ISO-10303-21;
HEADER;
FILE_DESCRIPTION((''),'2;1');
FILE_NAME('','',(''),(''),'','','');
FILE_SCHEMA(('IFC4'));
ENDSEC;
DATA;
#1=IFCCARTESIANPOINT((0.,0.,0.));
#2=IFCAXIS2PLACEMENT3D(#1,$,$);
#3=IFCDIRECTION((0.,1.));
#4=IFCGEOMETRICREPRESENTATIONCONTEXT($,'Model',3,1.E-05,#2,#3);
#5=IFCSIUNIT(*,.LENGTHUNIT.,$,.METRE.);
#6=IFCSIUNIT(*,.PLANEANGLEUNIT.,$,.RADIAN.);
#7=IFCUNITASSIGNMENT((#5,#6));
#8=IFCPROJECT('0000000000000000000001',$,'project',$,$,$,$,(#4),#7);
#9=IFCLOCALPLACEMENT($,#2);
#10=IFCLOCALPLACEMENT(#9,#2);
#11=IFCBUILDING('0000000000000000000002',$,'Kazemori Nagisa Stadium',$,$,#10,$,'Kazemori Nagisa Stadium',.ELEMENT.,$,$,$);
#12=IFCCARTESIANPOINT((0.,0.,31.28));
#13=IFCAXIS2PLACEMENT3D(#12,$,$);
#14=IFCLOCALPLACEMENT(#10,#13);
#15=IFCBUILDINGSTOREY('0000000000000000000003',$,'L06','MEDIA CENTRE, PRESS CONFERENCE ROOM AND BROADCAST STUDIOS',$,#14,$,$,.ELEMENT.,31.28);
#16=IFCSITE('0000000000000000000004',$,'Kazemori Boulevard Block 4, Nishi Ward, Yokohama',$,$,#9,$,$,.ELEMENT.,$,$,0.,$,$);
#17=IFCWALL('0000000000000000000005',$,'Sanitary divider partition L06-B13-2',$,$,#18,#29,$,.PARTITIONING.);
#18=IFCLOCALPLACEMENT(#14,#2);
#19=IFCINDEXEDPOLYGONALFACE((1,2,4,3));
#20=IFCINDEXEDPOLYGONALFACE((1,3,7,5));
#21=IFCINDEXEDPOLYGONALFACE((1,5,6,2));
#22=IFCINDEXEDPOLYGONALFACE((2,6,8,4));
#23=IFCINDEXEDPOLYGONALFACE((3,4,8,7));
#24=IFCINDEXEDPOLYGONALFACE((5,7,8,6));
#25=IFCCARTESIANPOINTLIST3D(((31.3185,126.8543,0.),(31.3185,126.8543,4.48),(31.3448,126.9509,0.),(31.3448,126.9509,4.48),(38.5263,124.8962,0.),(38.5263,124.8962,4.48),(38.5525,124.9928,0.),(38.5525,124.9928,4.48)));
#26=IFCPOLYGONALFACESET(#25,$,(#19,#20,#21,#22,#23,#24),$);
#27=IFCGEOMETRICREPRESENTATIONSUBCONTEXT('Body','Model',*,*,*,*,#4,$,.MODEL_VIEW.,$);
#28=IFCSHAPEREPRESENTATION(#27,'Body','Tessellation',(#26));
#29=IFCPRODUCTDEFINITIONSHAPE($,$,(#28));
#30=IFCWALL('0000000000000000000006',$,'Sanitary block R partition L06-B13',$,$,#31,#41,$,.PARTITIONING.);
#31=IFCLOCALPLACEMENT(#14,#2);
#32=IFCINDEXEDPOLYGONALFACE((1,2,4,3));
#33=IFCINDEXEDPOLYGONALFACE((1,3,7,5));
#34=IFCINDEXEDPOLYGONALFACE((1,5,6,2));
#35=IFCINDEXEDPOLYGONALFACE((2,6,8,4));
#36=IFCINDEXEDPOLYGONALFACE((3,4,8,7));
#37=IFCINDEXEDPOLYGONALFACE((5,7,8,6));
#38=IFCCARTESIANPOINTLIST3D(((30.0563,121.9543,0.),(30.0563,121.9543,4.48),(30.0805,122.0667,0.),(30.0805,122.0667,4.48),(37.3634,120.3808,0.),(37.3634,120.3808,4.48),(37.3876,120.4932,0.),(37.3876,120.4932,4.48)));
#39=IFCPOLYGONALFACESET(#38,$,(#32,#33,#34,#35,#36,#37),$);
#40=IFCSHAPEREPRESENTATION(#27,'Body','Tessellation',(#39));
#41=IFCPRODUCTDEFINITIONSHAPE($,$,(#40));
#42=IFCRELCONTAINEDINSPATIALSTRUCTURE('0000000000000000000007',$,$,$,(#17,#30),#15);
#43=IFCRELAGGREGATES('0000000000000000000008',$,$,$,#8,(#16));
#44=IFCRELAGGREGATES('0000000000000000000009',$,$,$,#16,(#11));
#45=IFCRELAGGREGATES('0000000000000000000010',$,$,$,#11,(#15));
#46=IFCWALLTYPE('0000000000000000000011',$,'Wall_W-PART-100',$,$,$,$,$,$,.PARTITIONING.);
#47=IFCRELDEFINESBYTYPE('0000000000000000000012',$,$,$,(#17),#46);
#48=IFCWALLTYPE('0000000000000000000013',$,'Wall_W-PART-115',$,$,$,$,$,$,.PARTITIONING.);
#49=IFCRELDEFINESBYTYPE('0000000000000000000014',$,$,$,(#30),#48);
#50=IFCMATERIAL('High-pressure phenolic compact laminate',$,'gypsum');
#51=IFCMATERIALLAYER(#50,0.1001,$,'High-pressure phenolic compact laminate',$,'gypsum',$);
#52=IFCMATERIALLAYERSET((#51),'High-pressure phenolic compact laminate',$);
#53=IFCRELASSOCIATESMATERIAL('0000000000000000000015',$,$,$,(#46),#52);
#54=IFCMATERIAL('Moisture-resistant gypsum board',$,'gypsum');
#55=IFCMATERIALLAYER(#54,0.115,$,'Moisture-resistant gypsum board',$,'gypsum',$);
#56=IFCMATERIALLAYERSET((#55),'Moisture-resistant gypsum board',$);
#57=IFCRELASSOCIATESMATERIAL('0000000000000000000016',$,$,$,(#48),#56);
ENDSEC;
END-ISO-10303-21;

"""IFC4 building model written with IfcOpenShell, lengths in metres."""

from ifc_helpers import new_model, si_unit, direction, frame, frame_2d, origin, place, context, subcontext, project, spatial, rectangle, extrude, material, layer, layer_set, type_object, element, save


model = new_model("IFC4")

# Units and contexts
model_context = context("Model", 3, precision=1e-05, world=origin(), true_north=direction((0.0, 1.0)))
body_context = subcontext(model_context, "Body", "Model", "MODEL_VIEW")
ifc_project = project(units=[si_unit("LENGTHUNIT", "METRE"), si_unit("PLANEANGLEUNIT", "RADIAN")], contexts=[model_context])

# Site, building, storey
site_placement = place(None, origin())
site = spatial("IfcSite", under=ifc_project, at=site_placement, Name="Kazemori Boulevard Block 4, Nishi Ward, Yokohama", CompositionType="ELEMENT", RefElevation=0.0)
building_placement = place(site_placement, origin())
building = spatial("IfcBuilding", under=site, at=building_placement, Name="Kazemori Nagisa Stadium", LongName="Kazemori Nagisa Stadium", CompositionType="ELEMENT")
storey_placement = place(building_placement, frame((0.0, 0.0, 31.28)))
storey = spatial("IfcBuildingStorey", under=building, at=storey_placement, Name="L06", Description="MEDIA CENTRE, PRESS CONFERENCE ROOM AND BROADCAST STUDIOS", CompositionType="ELEMENT", Elevation=31.28)

# Walls
ifc_material_1 = material(Name="High-pressure phenolic compact laminate", Category="gypsum")
ifc_layer_1 = layer(ifc_material_1, 0.1001, Name="High-pressure phenolic compact laminate", Category="gypsum")
ifc_layer_set_1 = layer_set([ifc_layer_1], Name="High-pressure phenolic compact laminate")
wall_type_1 = type_object("IfcWallType", Name="Wall_W-PART-100", PredefinedType="PARTITIONING", material=ifc_layer_set_1)
wall_1_placement = place(storey_placement, frame((38.5393, 124.9446, 0.0), z_axis=(0.0, 0.0, 1.0), x_axis=(-0.965027, 0.262152, 0.0)))
element("IfcWall", 1, at=wall_1_placement, inside=storey, type_object=wall_type_1, Name="Sanitary divider partition L06-B13-2", PredefinedType="PARTITIONING", context=body_context, shape_type="SweptSolid", body=[
    extrude(rectangle(XDim=7.469, YDim=0.1001, at=frame_2d((3.7344, 0.0))), origin(), (0.0, 0.0, 1.0), 4.48),
])
ifc_material_2 = material(Name="Moisture-resistant gypsum board", Category="gypsum")
ifc_layer_2 = layer(ifc_material_2, 0.115, Name="Moisture-resistant gypsum board", Category="gypsum")
ifc_layer_set_2 = layer_set([ifc_layer_2], Name="Moisture-resistant gypsum board")
wall_type_2 = type_object("IfcWallType", Name="Wall_W-PART-115", PredefinedType="PARTITIONING", material=ifc_layer_set_2)
wall_2_placement = place(storey_placement, frame((37.3755, 120.437, 0.0), z_axis=(0.0, 0.0, 1.0), x_axis=(-0.977592, 0.21051, 0.0)))
element("IfcWall", 2, at=wall_2_placement, inside=storey, type_object=wall_type_2, Name="Sanitary block R partition L06-B13", PredefinedType="PARTITIONING", context=body_context, shape_type="SweptSolid", body=[
    extrude(rectangle(XDim=7.4746, YDim=0.115, at=frame_2d((3.7373, 0.0))), origin(), (0.0, 0.0, 1.0), 4.48),
])

save(model, "model.ifc")
